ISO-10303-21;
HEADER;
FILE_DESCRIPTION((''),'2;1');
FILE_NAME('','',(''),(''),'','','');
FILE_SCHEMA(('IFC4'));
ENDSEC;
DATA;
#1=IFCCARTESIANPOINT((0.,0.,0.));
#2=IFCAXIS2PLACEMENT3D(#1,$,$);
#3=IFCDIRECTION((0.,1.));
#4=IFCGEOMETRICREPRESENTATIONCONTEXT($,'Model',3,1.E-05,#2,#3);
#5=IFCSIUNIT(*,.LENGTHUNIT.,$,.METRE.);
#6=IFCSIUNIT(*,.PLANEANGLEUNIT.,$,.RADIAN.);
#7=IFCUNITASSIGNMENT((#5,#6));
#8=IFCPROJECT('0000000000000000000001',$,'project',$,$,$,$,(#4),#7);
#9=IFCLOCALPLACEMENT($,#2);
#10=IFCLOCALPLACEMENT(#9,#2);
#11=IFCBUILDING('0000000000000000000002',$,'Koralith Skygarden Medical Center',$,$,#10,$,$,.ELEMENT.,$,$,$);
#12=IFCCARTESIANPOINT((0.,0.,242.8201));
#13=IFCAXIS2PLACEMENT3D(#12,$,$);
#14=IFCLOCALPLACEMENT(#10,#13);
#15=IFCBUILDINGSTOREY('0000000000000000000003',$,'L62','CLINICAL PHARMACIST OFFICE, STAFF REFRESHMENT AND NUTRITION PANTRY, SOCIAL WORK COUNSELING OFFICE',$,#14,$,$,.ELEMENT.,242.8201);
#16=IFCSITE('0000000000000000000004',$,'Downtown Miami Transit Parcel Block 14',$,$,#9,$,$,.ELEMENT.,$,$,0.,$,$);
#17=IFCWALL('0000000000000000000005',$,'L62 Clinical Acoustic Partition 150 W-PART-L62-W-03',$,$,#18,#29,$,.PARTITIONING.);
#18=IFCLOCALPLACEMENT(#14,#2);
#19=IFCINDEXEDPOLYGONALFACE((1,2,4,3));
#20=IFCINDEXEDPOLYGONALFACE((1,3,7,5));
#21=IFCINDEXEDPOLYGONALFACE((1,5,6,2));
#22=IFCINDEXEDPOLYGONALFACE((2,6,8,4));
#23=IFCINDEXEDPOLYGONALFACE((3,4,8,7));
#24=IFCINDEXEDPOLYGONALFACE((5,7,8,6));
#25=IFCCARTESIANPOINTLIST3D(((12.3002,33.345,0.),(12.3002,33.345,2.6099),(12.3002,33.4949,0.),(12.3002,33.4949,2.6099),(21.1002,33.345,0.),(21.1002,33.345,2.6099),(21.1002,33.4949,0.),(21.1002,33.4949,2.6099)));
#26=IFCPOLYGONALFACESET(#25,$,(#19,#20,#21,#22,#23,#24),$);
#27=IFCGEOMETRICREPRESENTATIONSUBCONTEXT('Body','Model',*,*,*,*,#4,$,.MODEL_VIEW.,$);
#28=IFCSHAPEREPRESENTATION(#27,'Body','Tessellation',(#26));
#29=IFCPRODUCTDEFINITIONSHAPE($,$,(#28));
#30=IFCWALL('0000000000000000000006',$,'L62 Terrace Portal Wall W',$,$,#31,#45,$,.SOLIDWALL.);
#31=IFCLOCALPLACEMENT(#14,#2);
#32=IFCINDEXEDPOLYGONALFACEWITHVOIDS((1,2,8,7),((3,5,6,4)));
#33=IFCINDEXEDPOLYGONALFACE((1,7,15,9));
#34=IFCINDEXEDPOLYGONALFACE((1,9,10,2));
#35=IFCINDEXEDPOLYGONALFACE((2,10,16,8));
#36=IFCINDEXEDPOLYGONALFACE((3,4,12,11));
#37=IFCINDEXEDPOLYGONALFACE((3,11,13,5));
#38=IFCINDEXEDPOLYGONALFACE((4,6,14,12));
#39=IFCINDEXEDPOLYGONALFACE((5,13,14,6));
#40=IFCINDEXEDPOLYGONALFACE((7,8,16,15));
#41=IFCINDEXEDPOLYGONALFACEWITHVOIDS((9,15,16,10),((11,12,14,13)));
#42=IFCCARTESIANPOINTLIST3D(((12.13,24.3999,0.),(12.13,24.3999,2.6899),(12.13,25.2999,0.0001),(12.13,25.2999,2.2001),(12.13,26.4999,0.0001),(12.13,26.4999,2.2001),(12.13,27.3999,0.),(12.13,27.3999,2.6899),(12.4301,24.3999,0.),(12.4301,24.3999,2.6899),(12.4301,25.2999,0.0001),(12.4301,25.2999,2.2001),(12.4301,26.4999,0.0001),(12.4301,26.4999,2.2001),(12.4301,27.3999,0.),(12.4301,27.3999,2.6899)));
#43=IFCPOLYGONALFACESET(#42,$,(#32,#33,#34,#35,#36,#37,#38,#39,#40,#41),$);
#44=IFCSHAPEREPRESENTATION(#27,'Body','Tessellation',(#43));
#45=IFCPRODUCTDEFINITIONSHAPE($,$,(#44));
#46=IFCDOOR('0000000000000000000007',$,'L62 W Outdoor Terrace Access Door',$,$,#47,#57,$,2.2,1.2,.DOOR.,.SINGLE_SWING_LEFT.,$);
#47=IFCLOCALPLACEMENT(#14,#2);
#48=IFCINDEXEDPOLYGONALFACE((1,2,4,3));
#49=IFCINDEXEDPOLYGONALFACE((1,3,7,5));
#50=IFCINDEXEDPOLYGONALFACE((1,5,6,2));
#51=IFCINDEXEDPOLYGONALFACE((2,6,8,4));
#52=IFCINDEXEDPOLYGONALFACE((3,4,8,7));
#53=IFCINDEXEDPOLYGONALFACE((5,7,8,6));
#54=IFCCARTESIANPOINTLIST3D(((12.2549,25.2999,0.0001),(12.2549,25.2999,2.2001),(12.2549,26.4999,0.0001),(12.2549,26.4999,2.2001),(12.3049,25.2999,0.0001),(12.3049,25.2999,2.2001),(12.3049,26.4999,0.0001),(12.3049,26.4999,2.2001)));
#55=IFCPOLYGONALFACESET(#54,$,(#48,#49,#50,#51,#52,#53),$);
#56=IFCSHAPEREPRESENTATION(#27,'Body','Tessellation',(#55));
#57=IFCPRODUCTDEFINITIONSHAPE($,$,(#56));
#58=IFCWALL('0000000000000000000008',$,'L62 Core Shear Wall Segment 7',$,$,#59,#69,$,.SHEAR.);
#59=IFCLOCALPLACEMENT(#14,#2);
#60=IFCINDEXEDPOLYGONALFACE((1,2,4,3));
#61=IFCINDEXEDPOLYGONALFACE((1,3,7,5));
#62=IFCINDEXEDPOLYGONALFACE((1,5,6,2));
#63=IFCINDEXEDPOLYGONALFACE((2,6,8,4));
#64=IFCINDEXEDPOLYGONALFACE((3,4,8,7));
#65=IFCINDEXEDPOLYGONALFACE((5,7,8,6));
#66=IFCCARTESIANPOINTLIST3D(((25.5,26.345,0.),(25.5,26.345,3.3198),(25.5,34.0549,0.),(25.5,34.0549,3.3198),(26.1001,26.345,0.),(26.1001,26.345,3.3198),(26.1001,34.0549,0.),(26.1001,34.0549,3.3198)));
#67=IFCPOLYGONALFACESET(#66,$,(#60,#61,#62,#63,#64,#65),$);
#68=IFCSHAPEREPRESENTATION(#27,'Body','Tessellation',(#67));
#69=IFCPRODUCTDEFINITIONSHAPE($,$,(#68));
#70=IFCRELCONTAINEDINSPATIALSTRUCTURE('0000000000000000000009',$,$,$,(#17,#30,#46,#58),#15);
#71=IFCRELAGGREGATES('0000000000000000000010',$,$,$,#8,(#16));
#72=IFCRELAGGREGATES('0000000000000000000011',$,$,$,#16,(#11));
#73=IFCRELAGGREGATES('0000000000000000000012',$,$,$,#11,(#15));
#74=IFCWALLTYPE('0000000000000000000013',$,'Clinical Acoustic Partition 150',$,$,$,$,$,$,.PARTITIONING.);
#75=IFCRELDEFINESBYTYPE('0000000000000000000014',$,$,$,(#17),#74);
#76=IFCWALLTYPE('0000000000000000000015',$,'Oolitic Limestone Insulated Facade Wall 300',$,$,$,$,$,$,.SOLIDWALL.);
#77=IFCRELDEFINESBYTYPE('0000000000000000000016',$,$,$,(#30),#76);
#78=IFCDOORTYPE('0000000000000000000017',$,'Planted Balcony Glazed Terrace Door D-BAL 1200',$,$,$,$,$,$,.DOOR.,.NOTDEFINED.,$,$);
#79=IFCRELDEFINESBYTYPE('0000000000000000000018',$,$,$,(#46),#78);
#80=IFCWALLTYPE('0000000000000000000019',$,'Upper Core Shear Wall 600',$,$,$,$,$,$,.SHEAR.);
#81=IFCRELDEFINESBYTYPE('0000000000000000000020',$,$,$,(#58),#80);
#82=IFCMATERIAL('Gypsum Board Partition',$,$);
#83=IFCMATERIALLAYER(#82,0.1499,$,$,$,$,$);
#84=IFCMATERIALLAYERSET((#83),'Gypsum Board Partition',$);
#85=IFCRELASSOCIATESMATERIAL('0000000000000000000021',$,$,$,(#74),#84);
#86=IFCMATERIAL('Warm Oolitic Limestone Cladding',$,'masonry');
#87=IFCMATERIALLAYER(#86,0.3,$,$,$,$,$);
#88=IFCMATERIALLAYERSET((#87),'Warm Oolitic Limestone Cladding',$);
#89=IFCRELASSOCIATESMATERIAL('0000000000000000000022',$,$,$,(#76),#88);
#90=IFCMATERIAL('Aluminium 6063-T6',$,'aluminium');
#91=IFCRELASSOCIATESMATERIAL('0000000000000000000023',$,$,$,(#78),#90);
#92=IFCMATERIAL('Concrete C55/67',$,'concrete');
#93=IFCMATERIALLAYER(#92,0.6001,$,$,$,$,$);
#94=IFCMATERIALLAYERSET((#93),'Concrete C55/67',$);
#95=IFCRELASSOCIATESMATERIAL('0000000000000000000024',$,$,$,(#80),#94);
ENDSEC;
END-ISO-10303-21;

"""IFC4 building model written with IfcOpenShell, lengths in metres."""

from ifc_helpers import new_model, si_unit, direction, frame, frame_2d, origin, place, context, subcontext, project, spatial, rectangle, extrude, material, layer, layer_set, type_object, element, fill, save


model = new_model("IFC4")

# Units and contexts
model_context = context("Model", 3, precision=1e-05, world=origin(), true_north=direction((0.0, 1.0)))
body_context = subcontext(model_context, "Body", "Model", "MODEL_VIEW")
ifc_project = project(units=[si_unit("LENGTHUNIT", "METRE"), si_unit("PLANEANGLEUNIT", "RADIAN")], contexts=[model_context])

# Site, building, storey
site_placement = place(None, origin())
site = spatial("IfcSite", under=ifc_project, at=site_placement, Name="Downtown Miami Transit Parcel Block 14", CompositionType="ELEMENT", RefElevation=0.0)
building_placement = place(site_placement, origin())
building = spatial("IfcBuilding", under=site, at=building_placement, Name="Koralith Skygarden Medical Center", CompositionType="ELEMENT")
storey_placement = place(building_placement, frame((0.0, 0.0, 242.8201)))
storey = spatial("IfcBuildingStorey", under=building, at=storey_placement, Name="L62", Description="CLINICAL PHARMACIST OFFICE, STAFF REFRESHMENT AND NUTRITION PANTRY, SOCIAL WORK COUNSELING OFFICE", CompositionType="ELEMENT", Elevation=242.8201)

# Shared definitions
ifc_material_1 = material(Name="Concrete C55/67", Category="concrete")

# Shared definitions
ifc_material_2 = material(Name="Aluminium 6063-T6", Category="aluminium")

# Wall
ifc_material_3 = material(Name="Gypsum Board Partition")
ifc_layer_1 = layer(ifc_material_3, 0.1499)
ifc_layer_set_1 = layer_set([ifc_layer_1], Name="Gypsum Board Partition")
wall_type_1 = type_object("IfcWallType", Name="Clinical Acoustic Partition 150", PredefinedType="PARTITIONING", material=ifc_layer_set_1)
for number, where, z_axis, x_axis, name in (
    (1, (21.1001, 33.4199, 0.0), (0.0, 0.0, 1.0), (-1.0, 0.0, 0.0), "L62 Clinical Acoustic Partition 150 W-PART-L62-W-03"),
):
    element("IfcWall", number, at=place(storey_placement, frame(where, z_axis=z_axis, x_axis=x_axis)), inside=storey, type_object=wall_type_1, Name=name, PredefinedType="PARTITIONING", context=body_context, shape_type="SweptSolid", body=[
        extrude(rectangle(XDim=8.8, YDim=0.1499, at=frame_2d((4.3999, 0.0))), origin(), (0.0, 0.0, 1.0), 2.6099),
    ])

# Wall, opening, door
ifc_material_4 = material(Name="Warm Oolitic Limestone Cladding", Category="masonry")
ifc_layer_2 = layer(ifc_material_4, 0.3)
ifc_layer_set_2 = layer_set([ifc_layer_2], Name="Warm Oolitic Limestone Cladding")
wall_type_2 = type_object("IfcWallType", Name="Oolitic Limestone Insulated Facade Wall 300", PredefinedType="SOLIDWALL", material=ifc_layer_set_2)
wall_1_placement = place(storey_placement, frame((12.28, 27.3999, 0.0), z_axis=(0.0, 0.0, 1.0), x_axis=(0.0, -1.0, 0.0)))
wall_1 = element("IfcWall", 2, at=wall_1_placement, inside=storey, type_object=wall_type_2, Name="L62 Terrace Portal Wall W", PredefinedType="SOLIDWALL", context=body_context, shape_type="SweptSolid", body=[
    extrude(rectangle(XDim=3.0, YDim=0.3, at=frame_2d((1.5, 0.0))), origin(), (0.0, 0.0, 1.0), 2.6899),
])
opening_1_placement = place(wall_1_placement, frame((0.8999, 0.0, 0.0)))
opening_1 = element("IfcOpeningElement", 3, at=opening_1_placement, cuts=wall_1, PredefinedType="OPENING", context=body_context, shape_type="SweptSolid", body=[
    extrude(rectangle(XDim=1.2, YDim=2.2, at=frame_2d((0.6001, 1.1001))), frame((0.0, 0.1599, 0.0), z_axis=(0.0, -1.0, 0.0), x_axis=(1.0, 0.0, 0.0)), (0.0, 0.0, 1.0), 0.3201),
])
door_type_1 = type_object("IfcDoorType", Name="Planted Balcony Glazed Terrace Door D-BAL 1200", OperationType="NOTDEFINED", PredefinedType="DOOR", material=ifc_material_2)
door_1_placement = place(opening_1_placement, origin())
door_1 = element("IfcDoor", 4, at=door_1_placement, inside=storey, type_object=door_type_1, Name="L62 W Outdoor Terrace Access Door", OperationType="SINGLE_SWING_LEFT", OverallHeight=2.2, OverallWidth=1.2, PredefinedType="DOOR", context=body_context, shape_type="SweptSolid", body=[
    extrude(rectangle(XDim=1.2, YDim=2.2, at=frame_2d((0.6001, 1.1001))), frame((0.0, 0.0249, 0.0), z_axis=(0.0, -1.0, 0.0), x_axis=(1.0, 0.0, 0.0)), (0.0, 0.0, 1.0), 0.05),
])
fill(opening_1, door_1)

# Wall
ifc_layer_3 = layer(ifc_material_1, 0.6001)
ifc_layer_set_3 = layer_set([ifc_layer_3], Name="Concrete C55/67")
wall_type_3 = type_object("IfcWallType", Name="Upper Core Shear Wall 600", PredefinedType="SHEAR", material=ifc_layer_set_3)
wall_2_placement = place(storey_placement, frame((25.8, 34.0549, 0.0), z_axis=(0.0, 0.0, 1.0), x_axis=(0.0, -1.0, 0.0)))
element("IfcWall", 5, at=wall_2_placement, inside=storey, type_object=wall_type_3, Name="L62 Core Shear Wall Segment 7", PredefinedType="SHEAR", context=body_context, shape_type="SweptSolid", body=[
    extrude(rectangle(XDim=7.71, YDim=0.6001, at=frame_2d((3.855, 0.0))), origin(), (0.0, 0.0, 1.0), 3.3198),
])

save(model, "model.ifc")
